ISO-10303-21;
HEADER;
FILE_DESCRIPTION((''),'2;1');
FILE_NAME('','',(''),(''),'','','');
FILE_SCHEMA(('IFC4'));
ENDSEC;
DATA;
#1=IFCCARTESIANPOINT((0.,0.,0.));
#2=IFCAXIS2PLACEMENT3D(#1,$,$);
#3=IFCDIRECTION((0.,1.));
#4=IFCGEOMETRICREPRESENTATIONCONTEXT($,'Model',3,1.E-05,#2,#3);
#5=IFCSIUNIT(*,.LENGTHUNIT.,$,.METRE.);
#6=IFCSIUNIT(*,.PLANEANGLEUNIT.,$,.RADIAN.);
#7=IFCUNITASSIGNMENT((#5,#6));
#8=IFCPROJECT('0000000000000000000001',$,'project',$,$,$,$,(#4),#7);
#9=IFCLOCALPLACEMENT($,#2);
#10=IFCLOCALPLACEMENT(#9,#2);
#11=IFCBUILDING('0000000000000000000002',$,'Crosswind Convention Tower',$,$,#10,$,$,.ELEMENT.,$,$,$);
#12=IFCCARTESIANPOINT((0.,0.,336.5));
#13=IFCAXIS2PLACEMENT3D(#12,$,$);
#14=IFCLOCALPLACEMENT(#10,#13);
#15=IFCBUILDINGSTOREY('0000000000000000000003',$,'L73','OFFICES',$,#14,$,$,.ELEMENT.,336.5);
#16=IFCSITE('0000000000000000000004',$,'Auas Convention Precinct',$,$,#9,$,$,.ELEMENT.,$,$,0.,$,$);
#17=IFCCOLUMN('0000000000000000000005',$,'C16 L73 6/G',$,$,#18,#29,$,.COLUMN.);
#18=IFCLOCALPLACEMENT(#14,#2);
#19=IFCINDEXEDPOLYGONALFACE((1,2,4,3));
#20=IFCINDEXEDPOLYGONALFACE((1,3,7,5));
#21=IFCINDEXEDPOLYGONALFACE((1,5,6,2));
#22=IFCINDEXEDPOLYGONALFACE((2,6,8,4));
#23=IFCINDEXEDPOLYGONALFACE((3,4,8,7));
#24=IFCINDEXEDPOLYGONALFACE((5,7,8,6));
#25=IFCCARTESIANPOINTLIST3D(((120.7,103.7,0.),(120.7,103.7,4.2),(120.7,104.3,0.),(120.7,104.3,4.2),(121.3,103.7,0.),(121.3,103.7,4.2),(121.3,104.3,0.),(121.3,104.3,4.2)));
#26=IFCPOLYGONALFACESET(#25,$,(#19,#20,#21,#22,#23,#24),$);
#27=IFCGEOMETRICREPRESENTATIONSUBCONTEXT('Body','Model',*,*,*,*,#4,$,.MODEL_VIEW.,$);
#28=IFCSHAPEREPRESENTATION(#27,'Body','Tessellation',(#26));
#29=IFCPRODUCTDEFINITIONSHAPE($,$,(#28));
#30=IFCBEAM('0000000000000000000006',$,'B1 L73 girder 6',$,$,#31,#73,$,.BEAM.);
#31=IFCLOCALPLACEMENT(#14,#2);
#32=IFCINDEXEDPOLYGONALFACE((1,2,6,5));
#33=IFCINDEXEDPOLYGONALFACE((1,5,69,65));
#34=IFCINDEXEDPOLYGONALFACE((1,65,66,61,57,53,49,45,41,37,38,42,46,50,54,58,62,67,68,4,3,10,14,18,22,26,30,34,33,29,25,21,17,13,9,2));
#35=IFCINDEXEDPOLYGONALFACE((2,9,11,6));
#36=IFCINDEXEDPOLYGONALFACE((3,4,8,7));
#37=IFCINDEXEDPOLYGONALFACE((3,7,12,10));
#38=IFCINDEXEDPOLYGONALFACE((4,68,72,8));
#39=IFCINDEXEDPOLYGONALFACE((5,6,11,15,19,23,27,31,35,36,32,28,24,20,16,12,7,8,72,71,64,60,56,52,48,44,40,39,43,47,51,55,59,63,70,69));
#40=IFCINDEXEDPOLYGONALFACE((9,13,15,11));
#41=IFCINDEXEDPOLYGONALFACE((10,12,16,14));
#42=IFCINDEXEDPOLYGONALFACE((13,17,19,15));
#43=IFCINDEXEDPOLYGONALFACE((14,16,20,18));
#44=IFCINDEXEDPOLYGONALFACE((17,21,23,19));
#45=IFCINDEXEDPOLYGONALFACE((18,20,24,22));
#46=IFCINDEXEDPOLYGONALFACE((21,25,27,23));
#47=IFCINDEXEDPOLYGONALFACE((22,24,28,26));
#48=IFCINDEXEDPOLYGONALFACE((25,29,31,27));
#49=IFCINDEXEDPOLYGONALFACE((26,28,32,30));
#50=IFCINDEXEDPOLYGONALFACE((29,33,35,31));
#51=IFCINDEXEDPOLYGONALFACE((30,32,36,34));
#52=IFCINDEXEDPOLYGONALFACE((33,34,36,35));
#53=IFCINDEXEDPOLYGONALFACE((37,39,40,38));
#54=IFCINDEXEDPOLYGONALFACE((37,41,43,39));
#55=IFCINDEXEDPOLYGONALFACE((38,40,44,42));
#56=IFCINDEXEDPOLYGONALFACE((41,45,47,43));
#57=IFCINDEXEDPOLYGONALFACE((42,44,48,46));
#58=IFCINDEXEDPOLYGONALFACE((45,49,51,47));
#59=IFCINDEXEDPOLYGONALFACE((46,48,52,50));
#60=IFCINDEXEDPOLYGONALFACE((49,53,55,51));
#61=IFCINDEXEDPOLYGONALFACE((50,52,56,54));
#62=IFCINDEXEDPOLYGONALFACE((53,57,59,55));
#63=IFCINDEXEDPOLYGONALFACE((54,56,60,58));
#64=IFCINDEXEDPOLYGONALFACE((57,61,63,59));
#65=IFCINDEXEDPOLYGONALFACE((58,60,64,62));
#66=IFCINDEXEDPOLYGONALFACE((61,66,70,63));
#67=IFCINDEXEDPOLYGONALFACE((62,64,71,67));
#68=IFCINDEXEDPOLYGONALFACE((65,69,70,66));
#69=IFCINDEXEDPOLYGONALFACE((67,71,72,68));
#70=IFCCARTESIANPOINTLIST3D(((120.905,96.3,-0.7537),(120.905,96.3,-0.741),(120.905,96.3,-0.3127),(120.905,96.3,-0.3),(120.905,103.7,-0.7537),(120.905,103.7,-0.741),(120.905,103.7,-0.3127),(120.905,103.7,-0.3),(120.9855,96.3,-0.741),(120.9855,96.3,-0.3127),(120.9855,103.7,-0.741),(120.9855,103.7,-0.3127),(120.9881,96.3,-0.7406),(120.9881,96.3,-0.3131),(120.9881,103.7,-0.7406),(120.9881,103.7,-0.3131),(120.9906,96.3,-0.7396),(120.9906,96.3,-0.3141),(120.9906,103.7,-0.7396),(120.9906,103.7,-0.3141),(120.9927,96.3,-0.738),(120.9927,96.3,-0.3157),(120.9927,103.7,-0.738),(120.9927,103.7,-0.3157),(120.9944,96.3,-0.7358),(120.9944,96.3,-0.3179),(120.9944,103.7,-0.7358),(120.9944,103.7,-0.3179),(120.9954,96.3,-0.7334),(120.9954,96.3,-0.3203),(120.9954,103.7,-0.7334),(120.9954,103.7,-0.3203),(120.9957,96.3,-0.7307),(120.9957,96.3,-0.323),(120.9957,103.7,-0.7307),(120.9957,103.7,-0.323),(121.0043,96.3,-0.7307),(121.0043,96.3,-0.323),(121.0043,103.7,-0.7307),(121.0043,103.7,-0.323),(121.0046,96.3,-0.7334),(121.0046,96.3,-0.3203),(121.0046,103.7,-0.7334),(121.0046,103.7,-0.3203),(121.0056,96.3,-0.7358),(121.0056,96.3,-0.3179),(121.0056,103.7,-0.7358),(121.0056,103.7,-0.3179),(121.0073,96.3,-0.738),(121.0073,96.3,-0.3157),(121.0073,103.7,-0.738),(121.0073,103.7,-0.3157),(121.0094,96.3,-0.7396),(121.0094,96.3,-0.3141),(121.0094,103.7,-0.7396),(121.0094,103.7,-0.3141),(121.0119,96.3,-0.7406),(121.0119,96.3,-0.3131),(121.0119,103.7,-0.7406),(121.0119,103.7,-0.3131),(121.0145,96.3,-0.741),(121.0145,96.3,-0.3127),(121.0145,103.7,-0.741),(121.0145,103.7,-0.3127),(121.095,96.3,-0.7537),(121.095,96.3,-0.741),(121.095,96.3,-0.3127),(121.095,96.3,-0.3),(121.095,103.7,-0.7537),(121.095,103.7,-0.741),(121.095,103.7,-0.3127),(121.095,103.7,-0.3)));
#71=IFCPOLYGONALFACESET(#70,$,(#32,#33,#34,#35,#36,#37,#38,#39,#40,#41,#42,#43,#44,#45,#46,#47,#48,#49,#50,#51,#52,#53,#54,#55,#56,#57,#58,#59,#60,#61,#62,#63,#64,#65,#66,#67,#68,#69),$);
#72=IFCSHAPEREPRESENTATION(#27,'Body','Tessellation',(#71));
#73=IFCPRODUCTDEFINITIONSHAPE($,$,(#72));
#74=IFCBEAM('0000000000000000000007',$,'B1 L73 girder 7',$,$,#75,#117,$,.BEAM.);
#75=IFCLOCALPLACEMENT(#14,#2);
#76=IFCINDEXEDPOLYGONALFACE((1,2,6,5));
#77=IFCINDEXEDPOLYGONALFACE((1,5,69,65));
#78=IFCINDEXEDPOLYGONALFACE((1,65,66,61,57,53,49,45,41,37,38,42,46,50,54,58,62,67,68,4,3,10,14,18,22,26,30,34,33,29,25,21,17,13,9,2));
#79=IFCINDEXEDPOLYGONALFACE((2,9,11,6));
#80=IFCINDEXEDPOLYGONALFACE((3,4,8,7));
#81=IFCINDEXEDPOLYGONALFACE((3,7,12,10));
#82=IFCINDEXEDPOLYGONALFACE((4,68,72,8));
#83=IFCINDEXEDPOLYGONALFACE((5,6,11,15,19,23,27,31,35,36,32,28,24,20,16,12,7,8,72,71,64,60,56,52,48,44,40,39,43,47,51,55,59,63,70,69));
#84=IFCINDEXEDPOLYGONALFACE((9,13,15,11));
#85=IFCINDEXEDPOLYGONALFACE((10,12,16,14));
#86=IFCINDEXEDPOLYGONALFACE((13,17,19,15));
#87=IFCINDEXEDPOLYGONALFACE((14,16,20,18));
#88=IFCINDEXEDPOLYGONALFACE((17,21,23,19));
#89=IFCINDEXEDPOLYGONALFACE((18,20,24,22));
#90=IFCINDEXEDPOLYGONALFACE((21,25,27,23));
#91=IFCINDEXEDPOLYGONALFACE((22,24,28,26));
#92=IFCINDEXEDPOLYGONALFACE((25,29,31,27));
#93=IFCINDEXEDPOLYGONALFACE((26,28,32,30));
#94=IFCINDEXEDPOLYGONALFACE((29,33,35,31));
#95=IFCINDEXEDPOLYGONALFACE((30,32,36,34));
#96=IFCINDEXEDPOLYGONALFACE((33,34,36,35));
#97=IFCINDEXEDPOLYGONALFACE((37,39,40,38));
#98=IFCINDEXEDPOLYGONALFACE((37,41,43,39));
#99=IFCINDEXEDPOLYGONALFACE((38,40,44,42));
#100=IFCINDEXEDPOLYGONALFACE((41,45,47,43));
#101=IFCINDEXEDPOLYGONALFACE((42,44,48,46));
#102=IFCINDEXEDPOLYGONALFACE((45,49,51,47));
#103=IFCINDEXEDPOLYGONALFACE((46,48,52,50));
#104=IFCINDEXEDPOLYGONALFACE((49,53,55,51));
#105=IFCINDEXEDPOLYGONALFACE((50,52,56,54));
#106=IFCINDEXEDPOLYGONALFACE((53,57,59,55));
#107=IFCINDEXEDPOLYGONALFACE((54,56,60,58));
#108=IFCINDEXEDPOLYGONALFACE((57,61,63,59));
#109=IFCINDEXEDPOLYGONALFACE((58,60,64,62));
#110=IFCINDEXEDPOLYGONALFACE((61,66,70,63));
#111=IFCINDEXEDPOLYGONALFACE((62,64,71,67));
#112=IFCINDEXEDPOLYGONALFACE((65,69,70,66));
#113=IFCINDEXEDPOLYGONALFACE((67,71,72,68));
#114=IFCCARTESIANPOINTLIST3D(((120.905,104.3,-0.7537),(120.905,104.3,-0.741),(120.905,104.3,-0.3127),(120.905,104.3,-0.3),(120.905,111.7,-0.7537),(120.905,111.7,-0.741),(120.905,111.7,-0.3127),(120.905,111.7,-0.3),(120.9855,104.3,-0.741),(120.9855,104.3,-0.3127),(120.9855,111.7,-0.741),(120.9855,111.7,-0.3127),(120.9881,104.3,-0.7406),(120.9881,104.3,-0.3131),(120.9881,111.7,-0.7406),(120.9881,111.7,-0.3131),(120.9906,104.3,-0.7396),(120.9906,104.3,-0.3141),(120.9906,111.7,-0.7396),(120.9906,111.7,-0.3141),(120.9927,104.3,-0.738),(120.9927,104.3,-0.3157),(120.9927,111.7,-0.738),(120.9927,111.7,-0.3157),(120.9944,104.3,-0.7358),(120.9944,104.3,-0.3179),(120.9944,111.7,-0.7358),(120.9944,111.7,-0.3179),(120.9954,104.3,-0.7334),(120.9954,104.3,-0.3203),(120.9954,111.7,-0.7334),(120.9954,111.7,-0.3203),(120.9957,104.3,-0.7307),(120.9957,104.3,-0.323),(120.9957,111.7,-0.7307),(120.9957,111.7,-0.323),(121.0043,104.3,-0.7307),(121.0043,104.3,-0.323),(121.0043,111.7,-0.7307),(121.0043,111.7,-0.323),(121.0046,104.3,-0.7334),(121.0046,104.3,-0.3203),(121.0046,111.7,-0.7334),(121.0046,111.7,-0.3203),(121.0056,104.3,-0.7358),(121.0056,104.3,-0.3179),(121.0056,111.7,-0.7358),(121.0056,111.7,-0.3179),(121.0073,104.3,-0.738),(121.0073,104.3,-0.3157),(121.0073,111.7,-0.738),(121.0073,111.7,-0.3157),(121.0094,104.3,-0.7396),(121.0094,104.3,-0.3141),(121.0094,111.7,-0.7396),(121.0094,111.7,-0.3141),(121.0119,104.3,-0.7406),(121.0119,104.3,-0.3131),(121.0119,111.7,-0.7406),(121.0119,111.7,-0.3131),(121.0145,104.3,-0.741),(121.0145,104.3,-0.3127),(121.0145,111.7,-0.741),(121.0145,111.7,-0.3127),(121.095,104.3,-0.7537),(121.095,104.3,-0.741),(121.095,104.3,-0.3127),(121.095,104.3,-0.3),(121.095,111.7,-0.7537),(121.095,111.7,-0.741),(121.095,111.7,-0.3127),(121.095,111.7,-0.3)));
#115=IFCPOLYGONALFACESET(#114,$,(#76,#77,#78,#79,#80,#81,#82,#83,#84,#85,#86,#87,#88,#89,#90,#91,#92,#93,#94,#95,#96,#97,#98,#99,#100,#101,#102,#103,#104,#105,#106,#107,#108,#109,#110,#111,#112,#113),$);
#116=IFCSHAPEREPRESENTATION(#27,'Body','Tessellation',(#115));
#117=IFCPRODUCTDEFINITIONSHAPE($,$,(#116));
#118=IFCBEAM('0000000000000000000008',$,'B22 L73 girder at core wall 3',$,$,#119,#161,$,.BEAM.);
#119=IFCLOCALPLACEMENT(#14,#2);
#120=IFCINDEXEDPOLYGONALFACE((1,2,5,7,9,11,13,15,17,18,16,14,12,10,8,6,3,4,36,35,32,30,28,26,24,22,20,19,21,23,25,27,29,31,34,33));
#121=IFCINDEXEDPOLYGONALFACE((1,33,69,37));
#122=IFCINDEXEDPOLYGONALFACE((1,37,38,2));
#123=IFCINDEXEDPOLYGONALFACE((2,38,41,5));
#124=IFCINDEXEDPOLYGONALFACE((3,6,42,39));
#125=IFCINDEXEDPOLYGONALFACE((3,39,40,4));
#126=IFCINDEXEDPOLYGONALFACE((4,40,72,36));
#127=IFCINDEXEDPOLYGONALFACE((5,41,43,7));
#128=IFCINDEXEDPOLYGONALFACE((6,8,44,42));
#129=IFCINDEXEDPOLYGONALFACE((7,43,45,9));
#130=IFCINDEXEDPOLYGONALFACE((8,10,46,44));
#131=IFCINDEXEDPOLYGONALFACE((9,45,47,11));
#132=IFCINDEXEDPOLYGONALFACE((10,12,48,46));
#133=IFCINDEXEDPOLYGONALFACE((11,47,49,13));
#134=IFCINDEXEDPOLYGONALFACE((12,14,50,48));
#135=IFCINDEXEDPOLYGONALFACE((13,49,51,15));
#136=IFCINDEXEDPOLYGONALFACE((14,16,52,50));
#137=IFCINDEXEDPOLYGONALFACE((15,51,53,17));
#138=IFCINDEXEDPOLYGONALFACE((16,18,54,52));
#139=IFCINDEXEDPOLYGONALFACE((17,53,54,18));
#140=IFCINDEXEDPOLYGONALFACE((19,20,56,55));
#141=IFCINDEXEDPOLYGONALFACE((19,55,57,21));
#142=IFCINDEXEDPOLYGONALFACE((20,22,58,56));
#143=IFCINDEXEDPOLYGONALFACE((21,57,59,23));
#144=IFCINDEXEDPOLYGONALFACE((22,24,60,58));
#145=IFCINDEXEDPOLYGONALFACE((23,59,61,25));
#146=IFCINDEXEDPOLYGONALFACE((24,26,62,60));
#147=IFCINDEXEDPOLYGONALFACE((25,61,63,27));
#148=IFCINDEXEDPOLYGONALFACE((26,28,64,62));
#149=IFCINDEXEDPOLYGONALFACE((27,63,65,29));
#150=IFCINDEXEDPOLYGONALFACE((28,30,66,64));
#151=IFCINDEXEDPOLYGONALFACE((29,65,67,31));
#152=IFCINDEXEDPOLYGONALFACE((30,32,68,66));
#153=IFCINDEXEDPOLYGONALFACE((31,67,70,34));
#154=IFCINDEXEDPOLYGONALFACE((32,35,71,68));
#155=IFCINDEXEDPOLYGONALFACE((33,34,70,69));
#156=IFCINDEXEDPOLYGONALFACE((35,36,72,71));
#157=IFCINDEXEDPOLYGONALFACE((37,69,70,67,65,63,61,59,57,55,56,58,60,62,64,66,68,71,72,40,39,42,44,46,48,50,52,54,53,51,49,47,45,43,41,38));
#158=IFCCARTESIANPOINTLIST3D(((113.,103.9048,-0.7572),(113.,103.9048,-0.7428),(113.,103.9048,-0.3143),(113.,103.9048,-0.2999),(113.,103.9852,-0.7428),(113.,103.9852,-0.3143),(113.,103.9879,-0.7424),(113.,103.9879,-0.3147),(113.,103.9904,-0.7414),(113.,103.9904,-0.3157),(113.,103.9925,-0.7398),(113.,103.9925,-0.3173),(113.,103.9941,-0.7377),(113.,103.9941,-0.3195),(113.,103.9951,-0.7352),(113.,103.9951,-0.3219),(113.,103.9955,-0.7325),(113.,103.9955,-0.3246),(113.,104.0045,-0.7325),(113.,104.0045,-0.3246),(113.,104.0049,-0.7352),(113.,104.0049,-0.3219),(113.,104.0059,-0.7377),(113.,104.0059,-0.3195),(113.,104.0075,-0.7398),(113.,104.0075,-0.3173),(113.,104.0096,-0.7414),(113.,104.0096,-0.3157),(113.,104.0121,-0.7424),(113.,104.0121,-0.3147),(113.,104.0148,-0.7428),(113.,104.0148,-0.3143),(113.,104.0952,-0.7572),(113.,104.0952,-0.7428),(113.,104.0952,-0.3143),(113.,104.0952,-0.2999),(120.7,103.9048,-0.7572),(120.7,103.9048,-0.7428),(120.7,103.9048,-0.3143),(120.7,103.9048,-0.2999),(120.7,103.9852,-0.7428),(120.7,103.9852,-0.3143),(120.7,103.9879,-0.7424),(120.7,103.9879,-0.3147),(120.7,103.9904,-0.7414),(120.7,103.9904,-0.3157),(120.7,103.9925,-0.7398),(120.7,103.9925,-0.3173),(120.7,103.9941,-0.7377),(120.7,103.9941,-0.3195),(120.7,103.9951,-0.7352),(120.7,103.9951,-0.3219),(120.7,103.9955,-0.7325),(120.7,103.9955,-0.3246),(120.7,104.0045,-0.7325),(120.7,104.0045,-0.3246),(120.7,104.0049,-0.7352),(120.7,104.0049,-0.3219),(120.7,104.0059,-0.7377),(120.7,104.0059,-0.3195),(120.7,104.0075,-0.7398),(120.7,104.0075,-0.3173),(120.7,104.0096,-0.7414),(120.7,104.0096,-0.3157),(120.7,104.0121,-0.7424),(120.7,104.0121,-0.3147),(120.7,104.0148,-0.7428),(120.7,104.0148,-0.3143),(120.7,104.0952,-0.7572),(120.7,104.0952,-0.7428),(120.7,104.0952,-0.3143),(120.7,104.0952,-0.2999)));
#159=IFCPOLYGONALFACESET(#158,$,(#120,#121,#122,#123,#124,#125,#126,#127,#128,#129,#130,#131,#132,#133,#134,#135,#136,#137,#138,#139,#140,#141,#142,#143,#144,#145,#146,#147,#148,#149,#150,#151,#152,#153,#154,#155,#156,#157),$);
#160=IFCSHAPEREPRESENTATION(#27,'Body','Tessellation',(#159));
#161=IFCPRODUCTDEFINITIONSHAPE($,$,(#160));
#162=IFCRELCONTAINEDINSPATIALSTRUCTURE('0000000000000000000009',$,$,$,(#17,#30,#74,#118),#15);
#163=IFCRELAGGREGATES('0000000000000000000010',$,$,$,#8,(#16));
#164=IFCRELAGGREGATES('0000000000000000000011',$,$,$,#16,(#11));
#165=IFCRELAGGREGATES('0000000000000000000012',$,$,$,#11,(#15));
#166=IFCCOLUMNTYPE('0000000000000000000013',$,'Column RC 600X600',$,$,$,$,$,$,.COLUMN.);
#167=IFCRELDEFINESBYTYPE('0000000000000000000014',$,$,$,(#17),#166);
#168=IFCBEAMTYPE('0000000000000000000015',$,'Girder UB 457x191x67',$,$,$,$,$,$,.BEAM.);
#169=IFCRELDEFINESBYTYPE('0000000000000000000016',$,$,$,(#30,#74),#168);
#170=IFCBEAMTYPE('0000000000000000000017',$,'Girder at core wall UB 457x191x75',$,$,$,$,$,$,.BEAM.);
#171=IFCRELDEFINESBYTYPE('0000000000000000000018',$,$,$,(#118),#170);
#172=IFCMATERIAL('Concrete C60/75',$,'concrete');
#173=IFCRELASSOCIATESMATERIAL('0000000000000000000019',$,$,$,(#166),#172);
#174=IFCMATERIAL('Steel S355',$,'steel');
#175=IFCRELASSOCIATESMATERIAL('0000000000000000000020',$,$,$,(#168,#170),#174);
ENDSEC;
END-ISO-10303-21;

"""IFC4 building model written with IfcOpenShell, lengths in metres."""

from ifc_helpers import new_model, si_unit, direction, frame, origin, origin_2d, place, context, subcontext, project, spatial, rectangle, i_section, extrude, material, material_profile, profile_set, type_object, element, save


model = new_model("IFC4")

# Units and contexts
model_context = context("Model", 3, precision=1e-05, world=origin(), true_north=direction((0.0, 1.0)))
body_context = subcontext(model_context, "Body", "Model", "MODEL_VIEW")
ifc_project = project(units=[si_unit("LENGTHUNIT", "METRE"), si_unit("PLANEANGLEUNIT", "RADIAN")], contexts=[model_context])

# Site, building, storey
site_placement = place(None, origin())
site = spatial("IfcSite", under=ifc_project, at=site_placement, Name="Auas Convention Precinct", CompositionType="ELEMENT", RefElevation=0.0)
building_placement = place(site_placement, origin())
building = spatial("IfcBuilding", under=site, at=building_placement, Name="Crosswind Convention Tower", CompositionType="ELEMENT")
storey_placement = place(building_placement, frame((0.0, 0.0, 336.5)))
storey = spatial("IfcBuildingStorey", under=building, at=storey_placement, Name="L73", Description="OFFICES", CompositionType="ELEMENT", Elevation=336.5)

# Column
ifc_material_1 = material(Name="Concrete C60/75", Category="concrete")
ifc_material_profile_1 = material_profile(ifc_material_1, rectangle(XDim=0.6001, YDim=0.6001, at=origin_2d()), Name="RC 600X600")
ifc_profile_set_1 = profile_set([ifc_material_profile_1], Name="Concrete C60/75")
column_type = type_object("IfcColumnType", Name="Column RC 600X600", PredefinedType="COLUMN", material=ifc_profile_set_1)
column_placement = place(storey_placement, frame((121.0, 104.0, 0.0), z_axis=(0.0, 0.0, 1.0), x_axis=(1.0, 0.0, 0.0)))
element("IfcColumn", 1, at=column_placement, inside=storey, type_object=column_type, Name="C16 L73 6/G", PredefinedType="COLUMN", context=body_context, shape_type="SweptSolid", body=[
    extrude(rectangle(XDim=0.6001, YDim=0.6001, at=origin_2d()), origin(), (0.0, 0.0, 1.0), 4.2),
])

# Beams
ifc_material_2 = material(Name="Steel S355", Category="steel")
ifc_material_profile_2 = material_profile(ifc_material_2, i_section(OverallWidth=0.1899, OverallDepth=0.4536, WebThickness=0.0085, FlangeThickness=0.0127, FilletRadius=0.0103, at=origin_2d()), Name="UB 457x191x67")
ifc_profile_set_2 = profile_set([ifc_material_profile_2], Name="Steel S355")
beam_type_1 = type_object("IfcBeamType", Name="Girder UB 457x191x67", PredefinedType="BEAM", material=ifc_profile_set_2)
for number, where, z_axis, x_axis, name in (
    (2, (121.0, 96.3, -0.5269), (0.0, 1.0, 0.0), (-1.0, 0.0, 0.0), "B1 L73 girder 6"),
    (3, (121.0, 104.3, -0.5269), (0.0, 1.0, 0.0), (-1.0, 0.0, 0.0), "B1 L73 girder 7"),
):
    element("IfcBeam", number, at=place(storey_placement, frame(where, z_axis=z_axis, x_axis=x_axis)), inside=storey, type_object=beam_type_1, Name=name, PredefinedType="BEAM", context=body_context, shape_type="SweptSolid", body=[
        extrude(i_section(OverallWidth=0.1899, OverallDepth=0.4536, WebThickness=0.0085, FlangeThickness=0.0127, FilletRadius=0.0103, at=origin_2d()), origin(), (0.0, 0.0, 1.0), 7.3999),
    ])
ifc_material_profile_3 = material_profile(ifc_material_2, i_section(OverallWidth=0.1904, OverallDepth=0.4573, WebThickness=0.009, FlangeThickness=0.0144, FilletRadius=0.0103, at=origin_2d()), Name="UB 457x191x75")
ifc_profile_set_3 = profile_set([ifc_material_profile_3], Name="Steel S355")
beam_type_2 = type_object("IfcBeamType", Name="Girder at core wall UB 457x191x75", PredefinedType="BEAM", material=ifc_profile_set_3)
for number, where, z_axis, x_axis, name in (
    (4, (113.0, 104.0, -0.5286), (1.0, 0.0, 0.0), (0.0, 1.0, 0.0), "B22 L73 girder at core wall 3"),
):
    element("IfcBeam", number, at=place(storey_placement, frame(where, z_axis=z_axis, x_axis=x_axis)), inside=storey, type_object=beam_type_2, Name=name, PredefinedType="BEAM", context=body_context, shape_type="SweptSolid", body=[
        extrude(i_section(OverallWidth=0.1904, OverallDepth=0.4573, WebThickness=0.009, FlangeThickness=0.0144, FilletRadius=0.0103, at=origin_2d()), origin(), (0.0, 0.0, 1.0), 7.7),
    ])

save(model, "model.ifc")
